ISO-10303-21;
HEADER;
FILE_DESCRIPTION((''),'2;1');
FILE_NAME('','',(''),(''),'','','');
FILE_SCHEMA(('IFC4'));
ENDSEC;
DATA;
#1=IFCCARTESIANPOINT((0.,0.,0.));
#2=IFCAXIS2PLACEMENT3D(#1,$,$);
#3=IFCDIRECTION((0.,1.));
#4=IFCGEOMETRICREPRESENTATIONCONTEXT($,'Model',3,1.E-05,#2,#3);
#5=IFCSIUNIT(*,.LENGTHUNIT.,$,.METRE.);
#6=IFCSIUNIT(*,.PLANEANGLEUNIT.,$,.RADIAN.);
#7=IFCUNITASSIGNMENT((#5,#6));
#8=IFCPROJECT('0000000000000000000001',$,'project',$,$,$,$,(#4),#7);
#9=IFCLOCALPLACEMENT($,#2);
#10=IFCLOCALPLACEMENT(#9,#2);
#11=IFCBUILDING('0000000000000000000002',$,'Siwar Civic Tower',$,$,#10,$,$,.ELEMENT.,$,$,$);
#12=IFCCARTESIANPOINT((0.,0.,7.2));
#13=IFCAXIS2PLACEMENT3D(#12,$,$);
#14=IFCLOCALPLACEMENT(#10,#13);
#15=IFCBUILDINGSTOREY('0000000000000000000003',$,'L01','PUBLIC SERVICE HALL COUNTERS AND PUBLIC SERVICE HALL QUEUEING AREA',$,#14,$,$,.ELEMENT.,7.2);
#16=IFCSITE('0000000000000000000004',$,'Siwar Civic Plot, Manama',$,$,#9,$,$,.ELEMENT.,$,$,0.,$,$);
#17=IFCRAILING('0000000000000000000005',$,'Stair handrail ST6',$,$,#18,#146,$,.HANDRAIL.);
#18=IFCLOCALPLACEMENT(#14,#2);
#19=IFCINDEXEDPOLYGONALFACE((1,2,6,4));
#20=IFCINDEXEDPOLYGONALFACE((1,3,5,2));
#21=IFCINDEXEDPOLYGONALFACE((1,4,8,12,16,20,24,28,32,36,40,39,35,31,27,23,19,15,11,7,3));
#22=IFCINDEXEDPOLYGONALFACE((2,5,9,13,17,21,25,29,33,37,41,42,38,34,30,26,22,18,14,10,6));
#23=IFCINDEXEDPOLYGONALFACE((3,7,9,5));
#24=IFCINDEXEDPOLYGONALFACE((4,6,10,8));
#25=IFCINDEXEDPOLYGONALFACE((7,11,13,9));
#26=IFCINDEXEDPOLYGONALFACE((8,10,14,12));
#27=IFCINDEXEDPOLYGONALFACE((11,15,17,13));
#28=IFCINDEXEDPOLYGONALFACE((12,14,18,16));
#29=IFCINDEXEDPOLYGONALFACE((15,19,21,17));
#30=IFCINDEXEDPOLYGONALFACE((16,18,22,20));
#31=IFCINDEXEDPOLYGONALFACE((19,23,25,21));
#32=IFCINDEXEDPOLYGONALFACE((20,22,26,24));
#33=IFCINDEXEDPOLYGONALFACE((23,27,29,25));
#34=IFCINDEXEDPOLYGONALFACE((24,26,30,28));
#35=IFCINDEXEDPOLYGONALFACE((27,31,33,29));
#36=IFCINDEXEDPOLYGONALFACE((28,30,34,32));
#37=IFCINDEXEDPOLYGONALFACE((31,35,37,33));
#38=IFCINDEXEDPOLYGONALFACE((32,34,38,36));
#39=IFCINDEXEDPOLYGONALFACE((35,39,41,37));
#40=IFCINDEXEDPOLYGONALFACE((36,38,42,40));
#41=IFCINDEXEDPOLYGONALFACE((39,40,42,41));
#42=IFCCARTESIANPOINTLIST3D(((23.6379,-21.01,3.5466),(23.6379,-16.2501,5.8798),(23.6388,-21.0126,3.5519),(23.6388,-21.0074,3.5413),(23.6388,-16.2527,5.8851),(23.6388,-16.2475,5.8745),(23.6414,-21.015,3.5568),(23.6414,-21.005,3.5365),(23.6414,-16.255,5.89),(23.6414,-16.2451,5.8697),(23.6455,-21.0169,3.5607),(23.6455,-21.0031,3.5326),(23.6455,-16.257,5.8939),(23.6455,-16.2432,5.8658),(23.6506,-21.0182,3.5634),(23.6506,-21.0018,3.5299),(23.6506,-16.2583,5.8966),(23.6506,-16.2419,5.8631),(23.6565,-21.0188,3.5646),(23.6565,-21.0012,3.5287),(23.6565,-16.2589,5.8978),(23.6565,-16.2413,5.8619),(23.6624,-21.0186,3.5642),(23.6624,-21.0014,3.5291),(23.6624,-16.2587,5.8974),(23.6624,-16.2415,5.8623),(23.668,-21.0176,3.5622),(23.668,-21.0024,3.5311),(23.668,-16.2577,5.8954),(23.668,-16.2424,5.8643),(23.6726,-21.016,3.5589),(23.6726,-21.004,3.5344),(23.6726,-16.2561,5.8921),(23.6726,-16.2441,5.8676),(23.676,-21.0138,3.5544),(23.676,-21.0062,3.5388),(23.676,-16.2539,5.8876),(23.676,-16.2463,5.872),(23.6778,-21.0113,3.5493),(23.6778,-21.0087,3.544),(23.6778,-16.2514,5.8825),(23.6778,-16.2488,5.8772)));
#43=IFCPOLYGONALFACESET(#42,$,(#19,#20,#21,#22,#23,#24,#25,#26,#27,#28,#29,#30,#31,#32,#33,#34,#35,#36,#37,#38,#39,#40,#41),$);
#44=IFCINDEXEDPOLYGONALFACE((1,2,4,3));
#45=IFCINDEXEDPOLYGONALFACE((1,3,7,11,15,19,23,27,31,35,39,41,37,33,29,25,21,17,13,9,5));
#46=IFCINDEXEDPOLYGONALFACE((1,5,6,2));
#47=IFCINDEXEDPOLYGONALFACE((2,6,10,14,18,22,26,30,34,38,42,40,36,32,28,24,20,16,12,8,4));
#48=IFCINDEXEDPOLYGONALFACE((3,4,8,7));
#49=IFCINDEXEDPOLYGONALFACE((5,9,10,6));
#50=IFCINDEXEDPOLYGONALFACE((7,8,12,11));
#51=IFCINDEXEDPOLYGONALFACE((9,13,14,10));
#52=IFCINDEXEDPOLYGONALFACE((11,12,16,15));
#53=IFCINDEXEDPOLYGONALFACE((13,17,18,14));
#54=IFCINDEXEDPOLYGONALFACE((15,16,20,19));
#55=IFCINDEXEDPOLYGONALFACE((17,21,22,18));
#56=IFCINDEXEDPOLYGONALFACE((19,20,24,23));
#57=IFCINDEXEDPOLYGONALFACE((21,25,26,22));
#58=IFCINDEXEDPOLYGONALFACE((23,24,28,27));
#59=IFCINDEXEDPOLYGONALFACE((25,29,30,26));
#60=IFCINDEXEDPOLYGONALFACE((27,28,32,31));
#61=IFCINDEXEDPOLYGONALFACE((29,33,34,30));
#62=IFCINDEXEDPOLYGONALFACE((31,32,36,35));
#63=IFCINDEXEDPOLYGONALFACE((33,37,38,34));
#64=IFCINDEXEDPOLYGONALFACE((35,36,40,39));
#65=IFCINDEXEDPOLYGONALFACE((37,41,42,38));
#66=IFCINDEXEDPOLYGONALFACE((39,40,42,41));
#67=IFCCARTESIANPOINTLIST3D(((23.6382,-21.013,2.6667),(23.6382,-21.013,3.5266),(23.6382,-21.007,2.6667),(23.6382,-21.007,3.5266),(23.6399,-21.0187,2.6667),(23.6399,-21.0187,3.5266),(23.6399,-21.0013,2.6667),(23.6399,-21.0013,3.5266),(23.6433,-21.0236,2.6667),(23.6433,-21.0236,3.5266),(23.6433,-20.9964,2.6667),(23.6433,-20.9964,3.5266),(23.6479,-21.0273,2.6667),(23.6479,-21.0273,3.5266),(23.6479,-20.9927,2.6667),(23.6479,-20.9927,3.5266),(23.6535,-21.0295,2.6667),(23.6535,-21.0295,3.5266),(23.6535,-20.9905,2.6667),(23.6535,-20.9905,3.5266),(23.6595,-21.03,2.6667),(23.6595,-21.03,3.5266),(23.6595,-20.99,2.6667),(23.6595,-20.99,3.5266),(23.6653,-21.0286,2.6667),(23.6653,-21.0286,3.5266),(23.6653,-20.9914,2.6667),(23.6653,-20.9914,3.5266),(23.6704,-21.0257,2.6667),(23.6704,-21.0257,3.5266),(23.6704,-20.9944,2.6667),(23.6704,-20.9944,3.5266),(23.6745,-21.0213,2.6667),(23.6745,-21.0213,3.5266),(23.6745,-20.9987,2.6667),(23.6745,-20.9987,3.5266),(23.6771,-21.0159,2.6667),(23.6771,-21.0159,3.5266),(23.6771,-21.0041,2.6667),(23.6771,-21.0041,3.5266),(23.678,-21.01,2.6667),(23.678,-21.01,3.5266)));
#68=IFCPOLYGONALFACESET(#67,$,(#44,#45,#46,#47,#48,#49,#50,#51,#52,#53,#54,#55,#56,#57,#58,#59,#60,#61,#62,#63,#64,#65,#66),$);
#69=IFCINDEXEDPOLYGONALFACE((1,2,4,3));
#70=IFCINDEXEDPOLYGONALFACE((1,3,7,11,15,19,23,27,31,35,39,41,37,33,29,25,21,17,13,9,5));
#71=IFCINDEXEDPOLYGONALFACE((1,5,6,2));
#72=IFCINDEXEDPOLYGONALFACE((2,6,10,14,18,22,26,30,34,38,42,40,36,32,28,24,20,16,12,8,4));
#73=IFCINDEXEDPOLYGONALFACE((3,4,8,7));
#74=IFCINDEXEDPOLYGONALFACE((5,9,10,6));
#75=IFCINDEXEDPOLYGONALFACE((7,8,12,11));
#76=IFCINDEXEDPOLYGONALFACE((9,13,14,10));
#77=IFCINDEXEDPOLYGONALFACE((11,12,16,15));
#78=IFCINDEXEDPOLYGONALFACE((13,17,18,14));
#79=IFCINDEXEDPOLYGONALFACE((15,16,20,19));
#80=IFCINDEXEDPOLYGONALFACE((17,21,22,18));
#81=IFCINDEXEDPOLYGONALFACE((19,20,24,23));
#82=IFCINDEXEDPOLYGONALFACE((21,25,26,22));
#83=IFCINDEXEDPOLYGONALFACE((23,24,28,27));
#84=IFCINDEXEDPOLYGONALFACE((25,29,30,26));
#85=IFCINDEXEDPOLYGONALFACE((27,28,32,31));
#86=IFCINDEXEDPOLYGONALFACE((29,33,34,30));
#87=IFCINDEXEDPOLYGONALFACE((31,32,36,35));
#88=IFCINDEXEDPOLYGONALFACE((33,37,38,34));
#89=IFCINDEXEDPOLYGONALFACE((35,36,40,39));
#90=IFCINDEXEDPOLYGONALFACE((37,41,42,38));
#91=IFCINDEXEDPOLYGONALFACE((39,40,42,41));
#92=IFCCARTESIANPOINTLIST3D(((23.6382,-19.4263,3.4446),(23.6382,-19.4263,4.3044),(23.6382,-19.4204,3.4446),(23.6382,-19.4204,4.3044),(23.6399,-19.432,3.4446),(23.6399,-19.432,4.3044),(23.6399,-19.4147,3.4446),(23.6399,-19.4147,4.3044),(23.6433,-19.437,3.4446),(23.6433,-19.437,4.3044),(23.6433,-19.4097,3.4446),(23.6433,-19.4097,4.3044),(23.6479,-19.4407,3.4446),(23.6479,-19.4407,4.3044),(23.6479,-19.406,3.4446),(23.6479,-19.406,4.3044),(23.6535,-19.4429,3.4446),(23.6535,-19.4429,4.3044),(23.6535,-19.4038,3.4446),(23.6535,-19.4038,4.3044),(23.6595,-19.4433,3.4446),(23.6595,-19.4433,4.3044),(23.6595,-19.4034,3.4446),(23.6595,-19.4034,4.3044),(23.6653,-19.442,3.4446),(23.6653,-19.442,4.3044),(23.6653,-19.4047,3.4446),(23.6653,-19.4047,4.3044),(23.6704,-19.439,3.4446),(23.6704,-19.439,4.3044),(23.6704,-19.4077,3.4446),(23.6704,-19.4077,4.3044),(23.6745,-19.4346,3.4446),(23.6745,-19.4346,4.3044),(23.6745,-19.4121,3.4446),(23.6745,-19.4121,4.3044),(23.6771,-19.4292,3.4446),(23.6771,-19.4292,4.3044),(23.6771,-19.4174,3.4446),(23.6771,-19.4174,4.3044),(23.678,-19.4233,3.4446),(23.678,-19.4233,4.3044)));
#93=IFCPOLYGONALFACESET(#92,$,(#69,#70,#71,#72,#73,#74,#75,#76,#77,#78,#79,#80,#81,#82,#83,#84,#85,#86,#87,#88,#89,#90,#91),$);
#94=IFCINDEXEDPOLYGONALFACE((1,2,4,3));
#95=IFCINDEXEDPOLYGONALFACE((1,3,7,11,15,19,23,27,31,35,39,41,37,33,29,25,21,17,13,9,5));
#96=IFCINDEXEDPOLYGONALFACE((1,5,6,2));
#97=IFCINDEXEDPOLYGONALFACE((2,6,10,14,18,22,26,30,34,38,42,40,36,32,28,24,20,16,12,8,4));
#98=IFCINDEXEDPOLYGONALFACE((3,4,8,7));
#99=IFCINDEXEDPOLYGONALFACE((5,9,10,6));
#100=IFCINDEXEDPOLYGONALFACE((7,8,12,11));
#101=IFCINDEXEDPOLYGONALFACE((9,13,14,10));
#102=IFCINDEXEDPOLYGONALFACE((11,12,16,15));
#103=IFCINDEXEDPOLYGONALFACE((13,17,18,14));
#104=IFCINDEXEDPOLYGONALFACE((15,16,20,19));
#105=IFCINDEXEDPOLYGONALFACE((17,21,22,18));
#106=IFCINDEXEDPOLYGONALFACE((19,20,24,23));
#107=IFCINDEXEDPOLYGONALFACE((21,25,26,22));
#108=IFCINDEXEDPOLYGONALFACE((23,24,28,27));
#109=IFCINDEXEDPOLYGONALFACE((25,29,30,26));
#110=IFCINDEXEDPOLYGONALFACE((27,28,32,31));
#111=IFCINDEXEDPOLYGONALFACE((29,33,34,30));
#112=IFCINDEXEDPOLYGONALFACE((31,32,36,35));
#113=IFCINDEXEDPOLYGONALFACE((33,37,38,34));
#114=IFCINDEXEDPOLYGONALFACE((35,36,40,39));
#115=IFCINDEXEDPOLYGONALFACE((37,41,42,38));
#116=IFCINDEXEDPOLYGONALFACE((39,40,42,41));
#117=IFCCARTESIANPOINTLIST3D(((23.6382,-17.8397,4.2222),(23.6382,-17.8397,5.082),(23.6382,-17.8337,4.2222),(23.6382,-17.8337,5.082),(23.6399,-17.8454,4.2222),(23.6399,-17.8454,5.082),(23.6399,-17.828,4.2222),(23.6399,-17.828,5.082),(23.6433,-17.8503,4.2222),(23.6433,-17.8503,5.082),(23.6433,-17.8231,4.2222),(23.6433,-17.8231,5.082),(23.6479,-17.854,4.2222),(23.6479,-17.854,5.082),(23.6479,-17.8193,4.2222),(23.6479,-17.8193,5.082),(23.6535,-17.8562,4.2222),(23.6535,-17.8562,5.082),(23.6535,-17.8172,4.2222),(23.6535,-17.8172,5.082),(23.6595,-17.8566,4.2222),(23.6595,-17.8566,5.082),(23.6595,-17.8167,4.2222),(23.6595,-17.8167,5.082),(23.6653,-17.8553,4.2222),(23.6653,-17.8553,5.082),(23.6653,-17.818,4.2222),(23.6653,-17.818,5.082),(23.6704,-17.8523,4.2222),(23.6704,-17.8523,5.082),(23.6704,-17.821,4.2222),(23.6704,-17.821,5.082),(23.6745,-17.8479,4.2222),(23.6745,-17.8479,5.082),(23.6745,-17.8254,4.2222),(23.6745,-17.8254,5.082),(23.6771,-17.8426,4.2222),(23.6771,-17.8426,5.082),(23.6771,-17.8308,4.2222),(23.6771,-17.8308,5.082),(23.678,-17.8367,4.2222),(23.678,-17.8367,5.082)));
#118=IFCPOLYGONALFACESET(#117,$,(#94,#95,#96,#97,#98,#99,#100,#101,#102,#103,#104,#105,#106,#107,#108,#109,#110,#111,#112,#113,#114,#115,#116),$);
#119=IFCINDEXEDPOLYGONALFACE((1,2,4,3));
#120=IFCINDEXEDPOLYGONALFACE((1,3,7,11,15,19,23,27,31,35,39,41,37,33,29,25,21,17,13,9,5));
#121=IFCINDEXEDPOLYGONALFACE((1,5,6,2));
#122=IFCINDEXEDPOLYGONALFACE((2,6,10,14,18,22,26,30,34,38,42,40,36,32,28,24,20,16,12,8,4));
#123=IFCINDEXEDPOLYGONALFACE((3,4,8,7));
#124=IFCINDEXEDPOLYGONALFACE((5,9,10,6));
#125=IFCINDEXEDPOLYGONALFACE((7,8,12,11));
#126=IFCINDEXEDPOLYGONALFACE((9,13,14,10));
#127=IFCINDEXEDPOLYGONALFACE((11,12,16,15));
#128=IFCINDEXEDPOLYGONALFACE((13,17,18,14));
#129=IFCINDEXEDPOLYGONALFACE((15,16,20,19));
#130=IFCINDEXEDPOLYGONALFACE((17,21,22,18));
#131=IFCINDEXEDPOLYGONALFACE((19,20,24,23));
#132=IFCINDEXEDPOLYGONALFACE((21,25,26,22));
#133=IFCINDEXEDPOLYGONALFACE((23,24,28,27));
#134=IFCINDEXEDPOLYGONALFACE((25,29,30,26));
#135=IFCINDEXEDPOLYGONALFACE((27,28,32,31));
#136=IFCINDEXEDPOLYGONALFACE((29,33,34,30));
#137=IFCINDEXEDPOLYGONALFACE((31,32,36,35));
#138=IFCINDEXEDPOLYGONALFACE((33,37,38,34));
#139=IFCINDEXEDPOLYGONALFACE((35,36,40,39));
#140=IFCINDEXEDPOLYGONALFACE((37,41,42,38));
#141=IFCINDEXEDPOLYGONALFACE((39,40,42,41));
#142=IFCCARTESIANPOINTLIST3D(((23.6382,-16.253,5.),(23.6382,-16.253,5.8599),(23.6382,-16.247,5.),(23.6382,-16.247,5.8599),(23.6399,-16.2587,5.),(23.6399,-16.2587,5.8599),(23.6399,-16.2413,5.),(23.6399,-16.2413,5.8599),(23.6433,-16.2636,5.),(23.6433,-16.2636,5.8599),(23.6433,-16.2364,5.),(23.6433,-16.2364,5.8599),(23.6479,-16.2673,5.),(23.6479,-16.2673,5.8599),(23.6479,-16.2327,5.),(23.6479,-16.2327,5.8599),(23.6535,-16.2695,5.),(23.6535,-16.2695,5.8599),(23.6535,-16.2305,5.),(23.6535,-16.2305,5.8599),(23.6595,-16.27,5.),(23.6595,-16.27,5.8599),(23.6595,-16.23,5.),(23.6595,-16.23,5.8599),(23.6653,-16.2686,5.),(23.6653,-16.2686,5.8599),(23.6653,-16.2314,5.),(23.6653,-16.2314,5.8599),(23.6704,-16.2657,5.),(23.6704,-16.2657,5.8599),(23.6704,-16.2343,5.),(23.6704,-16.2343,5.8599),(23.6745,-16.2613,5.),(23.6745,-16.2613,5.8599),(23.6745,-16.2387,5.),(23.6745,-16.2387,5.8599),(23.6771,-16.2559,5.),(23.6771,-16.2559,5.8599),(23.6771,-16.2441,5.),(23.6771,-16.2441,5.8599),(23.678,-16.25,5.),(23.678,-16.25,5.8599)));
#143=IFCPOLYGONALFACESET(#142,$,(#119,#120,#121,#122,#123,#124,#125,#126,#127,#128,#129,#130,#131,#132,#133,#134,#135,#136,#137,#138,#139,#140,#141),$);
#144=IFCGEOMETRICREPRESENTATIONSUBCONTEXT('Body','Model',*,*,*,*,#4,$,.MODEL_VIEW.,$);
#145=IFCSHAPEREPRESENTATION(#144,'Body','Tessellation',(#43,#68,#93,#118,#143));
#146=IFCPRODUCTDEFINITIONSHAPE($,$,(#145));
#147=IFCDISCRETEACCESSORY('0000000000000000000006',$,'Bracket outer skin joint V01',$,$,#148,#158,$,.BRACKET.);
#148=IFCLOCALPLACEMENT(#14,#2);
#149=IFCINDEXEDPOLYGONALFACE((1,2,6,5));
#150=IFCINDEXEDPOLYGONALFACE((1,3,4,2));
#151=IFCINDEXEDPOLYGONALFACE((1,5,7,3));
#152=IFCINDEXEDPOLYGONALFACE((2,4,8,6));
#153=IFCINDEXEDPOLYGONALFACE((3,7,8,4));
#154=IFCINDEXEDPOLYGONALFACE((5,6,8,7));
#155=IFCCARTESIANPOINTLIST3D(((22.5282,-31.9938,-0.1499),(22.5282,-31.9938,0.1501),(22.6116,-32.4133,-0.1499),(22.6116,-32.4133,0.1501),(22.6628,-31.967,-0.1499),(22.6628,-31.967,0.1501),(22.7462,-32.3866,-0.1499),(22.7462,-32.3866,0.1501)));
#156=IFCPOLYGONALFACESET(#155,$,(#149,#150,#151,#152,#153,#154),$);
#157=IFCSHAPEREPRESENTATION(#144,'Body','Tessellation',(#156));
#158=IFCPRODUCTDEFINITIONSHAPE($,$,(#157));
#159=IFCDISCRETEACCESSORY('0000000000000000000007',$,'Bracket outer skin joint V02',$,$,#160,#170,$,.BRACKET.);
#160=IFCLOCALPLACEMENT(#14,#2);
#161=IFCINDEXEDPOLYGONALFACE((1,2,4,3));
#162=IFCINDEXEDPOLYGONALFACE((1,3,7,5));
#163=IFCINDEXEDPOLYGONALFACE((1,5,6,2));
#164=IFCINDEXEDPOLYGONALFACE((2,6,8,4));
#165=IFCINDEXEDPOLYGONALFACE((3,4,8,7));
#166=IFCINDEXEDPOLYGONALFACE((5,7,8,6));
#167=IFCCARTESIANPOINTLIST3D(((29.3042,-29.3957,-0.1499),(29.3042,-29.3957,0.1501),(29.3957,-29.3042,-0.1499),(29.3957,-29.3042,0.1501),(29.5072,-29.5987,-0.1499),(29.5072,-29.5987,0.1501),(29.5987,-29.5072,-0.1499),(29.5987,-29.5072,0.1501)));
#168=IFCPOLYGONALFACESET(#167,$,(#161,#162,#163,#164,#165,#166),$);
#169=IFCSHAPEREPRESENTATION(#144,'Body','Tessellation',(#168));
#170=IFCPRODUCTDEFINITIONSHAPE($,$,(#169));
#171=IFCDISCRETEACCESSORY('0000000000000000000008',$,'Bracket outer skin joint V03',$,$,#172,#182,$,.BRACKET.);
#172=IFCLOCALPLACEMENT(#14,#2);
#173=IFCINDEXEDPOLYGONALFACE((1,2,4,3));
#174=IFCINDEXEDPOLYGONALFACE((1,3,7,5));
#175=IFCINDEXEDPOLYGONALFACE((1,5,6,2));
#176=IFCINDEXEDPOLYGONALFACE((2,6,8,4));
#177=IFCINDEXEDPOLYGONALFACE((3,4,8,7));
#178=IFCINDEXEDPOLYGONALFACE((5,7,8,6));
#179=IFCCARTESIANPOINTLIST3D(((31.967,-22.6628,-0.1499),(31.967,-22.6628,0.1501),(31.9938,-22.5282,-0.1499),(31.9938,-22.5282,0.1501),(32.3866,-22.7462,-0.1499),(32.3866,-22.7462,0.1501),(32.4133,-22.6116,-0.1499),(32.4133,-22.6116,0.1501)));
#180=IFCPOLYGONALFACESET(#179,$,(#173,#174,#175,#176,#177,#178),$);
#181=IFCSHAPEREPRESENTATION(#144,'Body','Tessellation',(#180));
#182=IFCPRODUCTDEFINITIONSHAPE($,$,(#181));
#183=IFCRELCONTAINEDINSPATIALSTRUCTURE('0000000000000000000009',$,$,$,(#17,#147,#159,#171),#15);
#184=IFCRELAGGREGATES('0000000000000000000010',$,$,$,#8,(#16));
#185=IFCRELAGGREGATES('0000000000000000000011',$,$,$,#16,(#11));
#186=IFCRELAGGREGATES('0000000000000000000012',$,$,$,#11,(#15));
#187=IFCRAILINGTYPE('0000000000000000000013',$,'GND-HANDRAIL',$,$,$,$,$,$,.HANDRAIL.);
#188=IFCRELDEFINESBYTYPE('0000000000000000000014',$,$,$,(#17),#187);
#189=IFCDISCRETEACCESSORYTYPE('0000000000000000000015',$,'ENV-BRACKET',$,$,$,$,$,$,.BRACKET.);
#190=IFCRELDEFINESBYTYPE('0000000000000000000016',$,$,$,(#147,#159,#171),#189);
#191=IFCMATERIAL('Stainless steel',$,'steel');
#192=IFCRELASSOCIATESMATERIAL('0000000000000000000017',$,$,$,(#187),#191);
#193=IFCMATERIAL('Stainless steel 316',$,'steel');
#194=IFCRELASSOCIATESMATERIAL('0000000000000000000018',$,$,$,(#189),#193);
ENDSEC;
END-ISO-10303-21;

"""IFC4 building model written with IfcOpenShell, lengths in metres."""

from ifc_helpers import new_model, si_unit, direction, frame, origin, origin_2d, place, context, subcontext, project, spatial, rectangle, circle, extrude, material, type_object, element, save


model = new_model("IFC4")

# Units and contexts
model_context = context("Model", 3, precision=1e-05, world=origin(), true_north=direction((0.0, 1.0)))
body_context = subcontext(model_context, "Body", "Model", "MODEL_VIEW")
ifc_project = project(units=[si_unit("LENGTHUNIT", "METRE"), si_unit("PLANEANGLEUNIT", "RADIAN")], contexts=[model_context])

# Site, building, storey
site_placement = place(None, origin())
site = spatial("IfcSite", under=ifc_project, at=site_placement, Name="Siwar Civic Plot, Manama", CompositionType="ELEMENT", RefElevation=0.0)
building_placement = place(site_placement, origin())
building = spatial("IfcBuilding", under=site, at=building_placement, Name="Siwar Civic Tower", CompositionType="ELEMENT")
storey_placement = place(building_placement, frame((0.0, 0.0, 7.2)))
storey = spatial("IfcBuildingStorey", under=building, at=storey_placement, Name="L01", Description="PUBLIC SERVICE HALL COUNTERS AND PUBLIC SERVICE HALL QUEUEING AREA", CompositionType="ELEMENT", Elevation=7.2)

# Railing
ifc_material_1 = material(Name="Stainless steel", Category="steel")
railing_type = type_object("IfcRailingType", Name="GND-HANDRAIL", PredefinedType="HANDRAIL", material=ifc_material_1)
railing_placement = place(storey_placement, frame((23.658, -21.01, 2.6667)))
element("IfcRailing", 1, at=railing_placement, inside=storey, type_object=railing_type, Name="Stair handrail ST6", PredefinedType="HANDRAIL", context=body_context, shape_type="SweptSolid", body=[
    extrude(circle(Radius=0.02, at=origin_2d()), frame((0.0, 0.0, 0.8799), z_axis=(0.0, 0.897927, 0.440144), x_axis=(-1.0, 0.0, 0.0)), (0.0, 0.0, 1.0), 5.301),
    extrude(circle(Radius=0.02, at=origin_2d()), origin(), (0.0, 0.0, 1.0), 0.8599),
    extrude(circle(Radius=0.02, at=origin_2d()), frame((0.0, 1.5867, 0.7778)), (0.0, 0.0, 1.0), 0.8599),
    extrude(circle(Radius=0.02, at=origin_2d()), frame((0.0, 3.1733, 1.5554)), (0.0, 0.0, 1.0), 0.8599),
    extrude(circle(Radius=0.02, at=origin_2d()), frame((0.0, 4.76, 2.3333)), (0.0, 0.0, 1.0), 0.8599),
])

# Discrete accessories
ifc_material_2 = material(Name="Stainless steel 316", Category="steel")
discrete_accessory_type = type_object("IfcDiscreteAccessoryType", Name="ENV-BRACKET", PredefinedType="BRACKET", material=ifc_material_2)
discrete_accessory_1_placement = place(storey_placement, frame((22.6372, -32.1902, -0.1499), z_axis=(0.0, 0.0, 1.0), x_axis=(0.19509, -0.980785, 0.0)))
element("IfcDiscreteAccessory", 2, at=discrete_accessory_1_placement, inside=storey, type_object=discrete_accessory_type, Name="Bracket outer skin joint V01", PredefinedType="BRACKET", context=body_context, shape_type="SweptSolid", body=[
    extrude(rectangle(XDim=0.4277, YDim=0.1372, at=origin_2d()), origin(), (0.0, 0.0, 1.0), 0.3),
])
discrete_accessory_2_placement = place(storey_placement, frame((29.4514, -29.4514, -0.1499), z_axis=(0.0, 0.0, 1.0), x_axis=(0.707107, -0.707107, 0.0)))
element("IfcDiscreteAccessory", 3, at=discrete_accessory_2_placement, inside=storey, type_object=discrete_accessory_type, Name="Bracket outer skin joint V02", PredefinedType="BRACKET", context=body_context, shape_type="SweptSolid", body=[
    extrude(rectangle(XDim=0.2871, YDim=0.1294, at=origin_2d()), origin(), (0.0, 0.0, 1.0), 0.3),
])
discrete_accessory_3_placement = place(storey_placement, frame((32.1902, -22.6372, -0.1499), z_axis=(0.0, 0.0, 1.0), x_axis=(0.980785, -0.19509, 0.0)))
element("IfcDiscreteAccessory", 4, at=discrete_accessory_3_placement, inside=storey, type_object=discrete_accessory_type, Name="Bracket outer skin joint V03", PredefinedType="BRACKET", context=body_context, shape_type="SweptSolid", body=[
    extrude(rectangle(XDim=0.4277, YDim=0.1372, at=origin_2d()), origin(), (0.0, 0.0, 1.0), 0.3),
])

save(model, "model.ifc")
